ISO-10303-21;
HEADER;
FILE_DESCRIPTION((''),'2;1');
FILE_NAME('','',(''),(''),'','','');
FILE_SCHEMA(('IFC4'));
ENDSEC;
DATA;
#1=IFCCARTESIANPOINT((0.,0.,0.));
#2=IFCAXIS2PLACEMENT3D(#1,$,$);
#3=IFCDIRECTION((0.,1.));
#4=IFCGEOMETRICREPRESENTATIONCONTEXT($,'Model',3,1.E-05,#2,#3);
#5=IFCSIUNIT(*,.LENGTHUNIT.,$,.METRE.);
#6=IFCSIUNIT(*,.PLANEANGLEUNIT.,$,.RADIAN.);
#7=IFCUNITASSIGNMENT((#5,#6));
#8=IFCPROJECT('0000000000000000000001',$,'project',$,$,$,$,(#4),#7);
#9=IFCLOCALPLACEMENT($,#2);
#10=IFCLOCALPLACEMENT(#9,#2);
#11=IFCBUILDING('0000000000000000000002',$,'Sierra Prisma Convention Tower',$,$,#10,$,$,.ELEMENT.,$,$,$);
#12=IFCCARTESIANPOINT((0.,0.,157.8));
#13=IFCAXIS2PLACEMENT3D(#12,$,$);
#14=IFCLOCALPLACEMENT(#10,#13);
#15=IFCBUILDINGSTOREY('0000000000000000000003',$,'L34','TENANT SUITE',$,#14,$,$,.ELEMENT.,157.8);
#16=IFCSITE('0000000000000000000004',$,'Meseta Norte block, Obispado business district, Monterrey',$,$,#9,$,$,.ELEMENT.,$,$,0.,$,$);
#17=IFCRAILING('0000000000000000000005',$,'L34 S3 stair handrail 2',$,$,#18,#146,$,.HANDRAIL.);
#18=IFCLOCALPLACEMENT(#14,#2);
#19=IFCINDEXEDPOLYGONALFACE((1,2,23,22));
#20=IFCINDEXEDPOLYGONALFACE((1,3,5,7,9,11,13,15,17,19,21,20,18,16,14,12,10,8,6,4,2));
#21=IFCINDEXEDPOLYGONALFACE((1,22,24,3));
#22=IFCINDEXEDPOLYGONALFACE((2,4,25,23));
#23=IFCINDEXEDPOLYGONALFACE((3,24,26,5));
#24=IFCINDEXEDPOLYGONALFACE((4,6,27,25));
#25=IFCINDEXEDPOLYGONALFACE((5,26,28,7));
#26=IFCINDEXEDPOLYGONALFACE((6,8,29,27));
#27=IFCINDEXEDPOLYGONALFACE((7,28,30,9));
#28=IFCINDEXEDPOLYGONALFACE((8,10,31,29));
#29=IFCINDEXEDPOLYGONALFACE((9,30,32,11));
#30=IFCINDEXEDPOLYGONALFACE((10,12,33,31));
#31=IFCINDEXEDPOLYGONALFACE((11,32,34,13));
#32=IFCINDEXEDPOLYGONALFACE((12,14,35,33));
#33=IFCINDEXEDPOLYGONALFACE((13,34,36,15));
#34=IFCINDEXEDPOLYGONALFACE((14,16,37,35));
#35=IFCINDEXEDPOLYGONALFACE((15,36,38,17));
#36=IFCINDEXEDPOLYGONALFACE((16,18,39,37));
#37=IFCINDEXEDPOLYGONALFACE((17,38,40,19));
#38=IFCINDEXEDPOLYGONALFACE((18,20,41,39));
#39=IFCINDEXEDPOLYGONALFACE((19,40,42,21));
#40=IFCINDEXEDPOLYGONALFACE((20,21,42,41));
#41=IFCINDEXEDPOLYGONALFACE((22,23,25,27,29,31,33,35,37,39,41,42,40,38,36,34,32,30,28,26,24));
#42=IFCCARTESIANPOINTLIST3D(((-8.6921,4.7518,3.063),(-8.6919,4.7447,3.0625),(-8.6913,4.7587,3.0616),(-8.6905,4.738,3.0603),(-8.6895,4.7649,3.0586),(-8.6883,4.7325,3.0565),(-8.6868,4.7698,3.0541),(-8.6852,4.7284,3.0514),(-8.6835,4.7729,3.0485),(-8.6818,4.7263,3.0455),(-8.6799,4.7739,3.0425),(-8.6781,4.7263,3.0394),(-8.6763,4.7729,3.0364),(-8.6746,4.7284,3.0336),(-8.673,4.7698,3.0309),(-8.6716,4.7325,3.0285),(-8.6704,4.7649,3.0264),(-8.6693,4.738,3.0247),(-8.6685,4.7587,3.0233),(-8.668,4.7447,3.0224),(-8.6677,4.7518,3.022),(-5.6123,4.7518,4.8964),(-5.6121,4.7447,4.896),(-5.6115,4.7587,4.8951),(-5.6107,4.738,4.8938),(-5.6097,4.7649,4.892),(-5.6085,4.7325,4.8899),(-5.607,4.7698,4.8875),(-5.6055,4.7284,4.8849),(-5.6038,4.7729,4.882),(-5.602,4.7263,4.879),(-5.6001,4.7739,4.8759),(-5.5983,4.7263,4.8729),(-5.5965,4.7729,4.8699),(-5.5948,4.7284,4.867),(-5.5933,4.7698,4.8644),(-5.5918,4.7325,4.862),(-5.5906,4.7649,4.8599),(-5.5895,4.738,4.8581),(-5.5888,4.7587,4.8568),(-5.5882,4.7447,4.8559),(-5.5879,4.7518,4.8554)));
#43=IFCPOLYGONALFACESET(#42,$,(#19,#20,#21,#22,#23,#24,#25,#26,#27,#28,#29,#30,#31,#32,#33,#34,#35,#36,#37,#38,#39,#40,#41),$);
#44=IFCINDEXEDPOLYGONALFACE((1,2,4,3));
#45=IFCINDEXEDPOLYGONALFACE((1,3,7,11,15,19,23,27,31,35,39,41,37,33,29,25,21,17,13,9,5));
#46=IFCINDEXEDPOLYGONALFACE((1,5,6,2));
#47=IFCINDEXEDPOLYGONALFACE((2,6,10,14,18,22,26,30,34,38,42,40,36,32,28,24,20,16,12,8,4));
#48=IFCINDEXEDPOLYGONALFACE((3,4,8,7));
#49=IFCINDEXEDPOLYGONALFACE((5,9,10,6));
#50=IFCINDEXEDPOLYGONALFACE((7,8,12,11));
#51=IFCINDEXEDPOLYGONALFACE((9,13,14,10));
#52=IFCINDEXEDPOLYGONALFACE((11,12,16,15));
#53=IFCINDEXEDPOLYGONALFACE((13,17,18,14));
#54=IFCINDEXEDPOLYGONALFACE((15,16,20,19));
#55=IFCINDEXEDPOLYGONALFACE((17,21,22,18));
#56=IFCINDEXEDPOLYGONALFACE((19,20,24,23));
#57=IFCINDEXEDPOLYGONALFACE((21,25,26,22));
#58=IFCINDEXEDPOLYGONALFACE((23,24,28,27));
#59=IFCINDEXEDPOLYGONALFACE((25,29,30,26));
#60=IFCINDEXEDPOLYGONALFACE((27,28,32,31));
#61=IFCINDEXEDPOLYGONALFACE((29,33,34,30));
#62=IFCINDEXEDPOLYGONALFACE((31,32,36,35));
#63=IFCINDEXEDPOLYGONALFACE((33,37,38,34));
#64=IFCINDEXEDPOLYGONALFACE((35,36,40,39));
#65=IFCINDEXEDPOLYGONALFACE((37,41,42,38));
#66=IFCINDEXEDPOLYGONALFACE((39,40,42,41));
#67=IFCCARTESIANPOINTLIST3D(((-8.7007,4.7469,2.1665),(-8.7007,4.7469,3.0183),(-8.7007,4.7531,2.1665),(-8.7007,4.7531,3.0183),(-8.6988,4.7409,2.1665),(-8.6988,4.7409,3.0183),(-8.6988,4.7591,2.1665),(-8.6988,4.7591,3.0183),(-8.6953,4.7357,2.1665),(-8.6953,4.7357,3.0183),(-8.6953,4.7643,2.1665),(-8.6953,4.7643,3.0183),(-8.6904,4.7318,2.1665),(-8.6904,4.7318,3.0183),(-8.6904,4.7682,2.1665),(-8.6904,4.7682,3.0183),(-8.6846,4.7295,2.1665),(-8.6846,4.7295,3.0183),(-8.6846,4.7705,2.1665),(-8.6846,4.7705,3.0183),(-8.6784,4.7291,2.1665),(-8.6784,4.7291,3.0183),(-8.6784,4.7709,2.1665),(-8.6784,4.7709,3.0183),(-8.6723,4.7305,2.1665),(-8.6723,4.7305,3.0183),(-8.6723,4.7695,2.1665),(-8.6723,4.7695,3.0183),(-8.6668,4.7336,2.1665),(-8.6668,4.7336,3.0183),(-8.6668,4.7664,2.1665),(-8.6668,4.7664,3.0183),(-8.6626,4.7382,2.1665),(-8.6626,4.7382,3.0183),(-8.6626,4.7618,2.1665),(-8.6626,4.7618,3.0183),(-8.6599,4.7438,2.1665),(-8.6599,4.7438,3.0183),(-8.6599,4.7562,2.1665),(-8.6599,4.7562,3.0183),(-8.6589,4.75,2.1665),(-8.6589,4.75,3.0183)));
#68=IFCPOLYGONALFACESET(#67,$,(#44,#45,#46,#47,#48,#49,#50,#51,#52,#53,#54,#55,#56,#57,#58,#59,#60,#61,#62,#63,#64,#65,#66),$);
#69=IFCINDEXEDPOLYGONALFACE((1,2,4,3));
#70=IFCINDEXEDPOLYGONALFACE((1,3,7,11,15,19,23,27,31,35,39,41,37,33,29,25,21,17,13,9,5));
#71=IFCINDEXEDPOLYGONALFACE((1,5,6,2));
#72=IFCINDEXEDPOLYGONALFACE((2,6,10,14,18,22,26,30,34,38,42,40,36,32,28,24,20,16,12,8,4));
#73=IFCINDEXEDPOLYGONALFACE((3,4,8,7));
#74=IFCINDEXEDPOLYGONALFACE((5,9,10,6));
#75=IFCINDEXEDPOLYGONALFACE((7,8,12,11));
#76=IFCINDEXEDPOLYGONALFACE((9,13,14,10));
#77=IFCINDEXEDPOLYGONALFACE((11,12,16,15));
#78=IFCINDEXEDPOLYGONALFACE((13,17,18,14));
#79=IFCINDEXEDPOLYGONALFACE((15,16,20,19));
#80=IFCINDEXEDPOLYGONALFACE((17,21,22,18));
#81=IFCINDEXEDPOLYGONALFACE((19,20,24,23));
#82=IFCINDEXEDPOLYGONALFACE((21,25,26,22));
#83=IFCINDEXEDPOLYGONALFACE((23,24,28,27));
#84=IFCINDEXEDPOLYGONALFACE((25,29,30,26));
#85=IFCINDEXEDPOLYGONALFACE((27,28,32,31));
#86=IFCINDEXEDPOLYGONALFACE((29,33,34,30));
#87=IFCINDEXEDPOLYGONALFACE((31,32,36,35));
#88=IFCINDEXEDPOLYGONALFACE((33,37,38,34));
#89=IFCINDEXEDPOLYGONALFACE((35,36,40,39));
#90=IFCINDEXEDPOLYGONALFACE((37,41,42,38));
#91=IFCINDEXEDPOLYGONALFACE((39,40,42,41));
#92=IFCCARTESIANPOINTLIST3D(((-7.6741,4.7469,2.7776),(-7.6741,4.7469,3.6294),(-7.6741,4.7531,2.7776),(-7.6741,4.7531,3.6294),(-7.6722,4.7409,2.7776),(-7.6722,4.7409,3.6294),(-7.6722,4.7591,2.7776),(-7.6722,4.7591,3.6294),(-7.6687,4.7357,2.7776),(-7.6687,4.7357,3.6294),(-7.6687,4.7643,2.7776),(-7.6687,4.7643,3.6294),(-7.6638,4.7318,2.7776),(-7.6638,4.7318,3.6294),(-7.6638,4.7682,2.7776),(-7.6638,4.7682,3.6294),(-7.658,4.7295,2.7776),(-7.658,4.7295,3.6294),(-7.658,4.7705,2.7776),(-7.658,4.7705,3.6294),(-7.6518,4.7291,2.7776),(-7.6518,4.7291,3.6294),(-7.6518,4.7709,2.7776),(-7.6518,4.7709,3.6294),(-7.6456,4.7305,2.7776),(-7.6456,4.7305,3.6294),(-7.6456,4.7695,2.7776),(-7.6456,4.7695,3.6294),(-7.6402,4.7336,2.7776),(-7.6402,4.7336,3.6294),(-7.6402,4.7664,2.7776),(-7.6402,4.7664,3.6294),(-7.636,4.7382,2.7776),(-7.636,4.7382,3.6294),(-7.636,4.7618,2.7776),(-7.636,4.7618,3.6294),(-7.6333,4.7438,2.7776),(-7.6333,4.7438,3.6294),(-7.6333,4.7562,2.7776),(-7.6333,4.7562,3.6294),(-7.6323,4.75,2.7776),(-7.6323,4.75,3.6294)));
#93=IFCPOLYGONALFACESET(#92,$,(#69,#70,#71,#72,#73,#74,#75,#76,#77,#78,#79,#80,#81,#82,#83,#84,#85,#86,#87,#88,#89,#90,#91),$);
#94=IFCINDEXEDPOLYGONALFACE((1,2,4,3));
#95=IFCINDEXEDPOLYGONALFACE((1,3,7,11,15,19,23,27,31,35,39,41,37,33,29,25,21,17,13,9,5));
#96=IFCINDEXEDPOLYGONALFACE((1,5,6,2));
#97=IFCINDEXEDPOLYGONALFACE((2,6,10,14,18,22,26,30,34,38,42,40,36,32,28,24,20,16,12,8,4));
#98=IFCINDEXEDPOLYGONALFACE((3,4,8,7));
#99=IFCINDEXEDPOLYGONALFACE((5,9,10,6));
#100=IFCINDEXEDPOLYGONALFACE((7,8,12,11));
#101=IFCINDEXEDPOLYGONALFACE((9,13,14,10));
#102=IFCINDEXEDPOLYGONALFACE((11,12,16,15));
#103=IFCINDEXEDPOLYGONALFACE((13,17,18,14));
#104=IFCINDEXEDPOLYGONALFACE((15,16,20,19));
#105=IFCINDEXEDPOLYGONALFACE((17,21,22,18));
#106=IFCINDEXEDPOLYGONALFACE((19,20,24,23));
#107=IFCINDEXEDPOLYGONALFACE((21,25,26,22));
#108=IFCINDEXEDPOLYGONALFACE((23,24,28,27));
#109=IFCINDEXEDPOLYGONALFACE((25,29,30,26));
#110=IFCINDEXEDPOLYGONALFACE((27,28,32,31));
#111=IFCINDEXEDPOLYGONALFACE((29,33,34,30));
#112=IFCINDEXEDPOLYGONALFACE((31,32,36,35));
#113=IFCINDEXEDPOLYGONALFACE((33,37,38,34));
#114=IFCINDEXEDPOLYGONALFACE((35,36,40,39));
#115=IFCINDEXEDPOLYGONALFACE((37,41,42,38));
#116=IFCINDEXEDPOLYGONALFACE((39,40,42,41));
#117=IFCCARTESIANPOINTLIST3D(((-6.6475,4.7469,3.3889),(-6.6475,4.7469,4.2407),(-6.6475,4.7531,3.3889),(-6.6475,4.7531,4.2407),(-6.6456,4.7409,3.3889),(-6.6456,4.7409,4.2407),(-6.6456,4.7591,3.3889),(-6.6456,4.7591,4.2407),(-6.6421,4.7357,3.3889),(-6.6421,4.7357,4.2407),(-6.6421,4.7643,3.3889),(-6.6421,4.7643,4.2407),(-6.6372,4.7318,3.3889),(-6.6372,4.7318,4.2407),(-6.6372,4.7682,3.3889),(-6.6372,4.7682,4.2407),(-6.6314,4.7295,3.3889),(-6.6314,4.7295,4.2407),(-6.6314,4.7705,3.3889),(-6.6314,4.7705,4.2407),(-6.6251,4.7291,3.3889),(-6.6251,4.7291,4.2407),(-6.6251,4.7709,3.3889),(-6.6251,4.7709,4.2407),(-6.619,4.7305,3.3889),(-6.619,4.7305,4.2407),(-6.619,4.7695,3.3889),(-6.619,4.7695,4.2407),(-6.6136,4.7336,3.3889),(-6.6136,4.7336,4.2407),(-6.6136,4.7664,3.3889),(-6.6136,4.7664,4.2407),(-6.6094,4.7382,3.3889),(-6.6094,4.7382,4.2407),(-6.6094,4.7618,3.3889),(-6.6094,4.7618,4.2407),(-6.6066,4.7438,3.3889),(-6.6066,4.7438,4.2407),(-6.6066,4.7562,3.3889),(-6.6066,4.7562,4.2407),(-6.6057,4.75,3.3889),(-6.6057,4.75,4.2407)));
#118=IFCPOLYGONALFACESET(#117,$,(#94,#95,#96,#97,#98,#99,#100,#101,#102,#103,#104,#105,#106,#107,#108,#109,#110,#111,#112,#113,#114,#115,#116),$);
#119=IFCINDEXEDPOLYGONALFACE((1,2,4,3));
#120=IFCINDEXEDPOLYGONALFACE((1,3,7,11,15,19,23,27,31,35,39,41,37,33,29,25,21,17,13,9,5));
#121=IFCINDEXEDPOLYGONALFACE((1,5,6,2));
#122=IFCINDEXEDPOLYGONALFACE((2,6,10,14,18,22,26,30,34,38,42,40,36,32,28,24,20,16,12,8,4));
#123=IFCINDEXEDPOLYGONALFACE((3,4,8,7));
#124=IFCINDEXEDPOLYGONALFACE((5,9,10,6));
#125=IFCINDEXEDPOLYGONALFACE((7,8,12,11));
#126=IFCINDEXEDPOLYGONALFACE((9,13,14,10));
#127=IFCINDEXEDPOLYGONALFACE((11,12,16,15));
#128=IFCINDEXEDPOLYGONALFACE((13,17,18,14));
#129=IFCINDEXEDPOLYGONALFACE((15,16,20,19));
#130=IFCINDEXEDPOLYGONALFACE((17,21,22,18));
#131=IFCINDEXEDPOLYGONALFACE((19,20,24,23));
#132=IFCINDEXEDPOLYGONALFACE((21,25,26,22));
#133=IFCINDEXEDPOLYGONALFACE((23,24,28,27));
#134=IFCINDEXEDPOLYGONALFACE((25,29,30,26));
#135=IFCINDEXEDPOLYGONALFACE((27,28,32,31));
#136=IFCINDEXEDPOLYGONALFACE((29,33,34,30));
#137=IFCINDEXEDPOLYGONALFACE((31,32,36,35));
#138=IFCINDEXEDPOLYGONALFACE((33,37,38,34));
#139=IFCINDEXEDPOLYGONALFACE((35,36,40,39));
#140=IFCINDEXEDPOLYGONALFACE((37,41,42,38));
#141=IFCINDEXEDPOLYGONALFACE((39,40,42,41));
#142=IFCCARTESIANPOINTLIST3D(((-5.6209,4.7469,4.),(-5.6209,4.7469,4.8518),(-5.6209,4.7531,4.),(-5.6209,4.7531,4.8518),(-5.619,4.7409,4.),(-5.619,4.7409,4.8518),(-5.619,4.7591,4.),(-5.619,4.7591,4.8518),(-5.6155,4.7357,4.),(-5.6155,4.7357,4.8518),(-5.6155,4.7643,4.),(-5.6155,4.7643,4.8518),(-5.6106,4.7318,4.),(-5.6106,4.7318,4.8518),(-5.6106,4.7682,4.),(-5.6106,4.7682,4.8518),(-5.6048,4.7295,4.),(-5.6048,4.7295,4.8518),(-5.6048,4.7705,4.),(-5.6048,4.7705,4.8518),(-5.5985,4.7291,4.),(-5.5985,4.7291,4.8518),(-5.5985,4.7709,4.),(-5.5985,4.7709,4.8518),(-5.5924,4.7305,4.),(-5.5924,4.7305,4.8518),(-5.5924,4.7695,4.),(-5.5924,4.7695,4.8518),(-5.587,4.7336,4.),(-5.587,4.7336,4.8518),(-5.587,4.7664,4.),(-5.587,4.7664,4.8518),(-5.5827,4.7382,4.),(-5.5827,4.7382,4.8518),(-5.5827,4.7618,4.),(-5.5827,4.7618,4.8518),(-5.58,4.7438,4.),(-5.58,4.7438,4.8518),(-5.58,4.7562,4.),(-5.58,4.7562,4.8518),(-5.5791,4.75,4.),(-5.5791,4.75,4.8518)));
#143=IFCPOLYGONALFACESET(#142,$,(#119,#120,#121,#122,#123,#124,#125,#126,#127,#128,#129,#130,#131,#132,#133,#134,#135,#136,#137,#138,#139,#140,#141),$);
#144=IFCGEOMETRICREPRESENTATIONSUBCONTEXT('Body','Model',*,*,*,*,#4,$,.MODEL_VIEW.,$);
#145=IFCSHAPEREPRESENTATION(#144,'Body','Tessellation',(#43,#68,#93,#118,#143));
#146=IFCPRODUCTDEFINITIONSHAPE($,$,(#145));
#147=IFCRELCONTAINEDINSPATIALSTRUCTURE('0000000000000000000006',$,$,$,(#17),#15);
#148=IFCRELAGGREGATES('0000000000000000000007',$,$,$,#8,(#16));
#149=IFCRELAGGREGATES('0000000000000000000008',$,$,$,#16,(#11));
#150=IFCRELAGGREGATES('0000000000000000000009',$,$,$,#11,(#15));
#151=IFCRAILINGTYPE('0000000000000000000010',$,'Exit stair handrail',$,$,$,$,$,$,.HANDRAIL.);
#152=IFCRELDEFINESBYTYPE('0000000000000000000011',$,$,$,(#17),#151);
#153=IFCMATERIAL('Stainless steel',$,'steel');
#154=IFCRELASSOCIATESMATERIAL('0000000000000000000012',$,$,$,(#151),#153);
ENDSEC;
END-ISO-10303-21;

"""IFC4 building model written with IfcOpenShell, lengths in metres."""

from ifc_helpers import new_model, si_unit, direction, frame, origin, origin_2d, place, context, subcontext, project, spatial, circle, extrude, material, type_object, element, save


model = new_model("IFC4")

# Units and contexts
model_context = context("Model", 3, precision=1e-05, world=origin(), true_north=direction((0.0, 1.0)))
body_context = subcontext(model_context, "Body", "Model", "MODEL_VIEW")
ifc_project = project(units=[si_unit("LENGTHUNIT", "METRE"), si_unit("PLANEANGLEUNIT", "RADIAN")], contexts=[model_context])

# Site, building, storey
site_placement = place(None, origin())
site = spatial("IfcSite", under=ifc_project, at=site_placement, Name="Meseta Norte block, Obispado business district, Monterrey", CompositionType="ELEMENT", RefElevation=0.0)
building_placement = place(site_placement, origin())
building = spatial("IfcBuilding", under=site, at=building_placement, Name="Sierra Prisma Convention Tower", CompositionType="ELEMENT")
storey_placement = place(building_placement, frame((0.0, 0.0, 157.8)))
storey = spatial("IfcBuildingStorey", under=building, at=storey_placement, Name="L34", Description="TENANT SUITE", CompositionType="ELEMENT", Elevation=157.8)

# Railing
ifc_material_1 = material(Name="Stainless steel", Category="steel")
railing_type_1 = type_object("IfcRailingType", Name="Exit stair handrail", PredefinedType="HANDRAIL", material=ifc_material_1)
railing_1_placement = place(storey_placement, frame((-8.6799, 4.75, 2.1665)))
element("IfcRailing", 1, at=railing_1_placement, inside=storey, type_object=railing_type_1, Name="L34 S3 stair handrail 2", PredefinedType="HANDRAIL", context=body_context, shape_type="SweptSolid", body=[
    extrude(circle(Radius=0.0239, at=origin_2d()), frame((0.0, 0.0, 0.876), z_axis=(0.859261, 0.0, 0.511538), x_axis=(0.0, 1.0, 0.0)), (0.0, 0.0, 1.0), 3.5842),
    extrude(circle(Radius=0.021, at=origin_2d()), origin(), (0.0, 0.0, 1.0), 0.8518),
    extrude(circle(Radius=0.021, at=origin_2d()), frame((1.0266, 0.0, 0.6111)), (0.0, 0.0, 1.0), 0.8518),
    extrude(circle(Radius=0.021, at=origin_2d()), frame((2.0532, 0.0, 1.2224)), (0.0, 0.0, 1.0), 0.8518),
    extrude(circle(Radius=0.021, at=origin_2d()), frame((3.0798, 0.0, 1.8335)), (0.0, 0.0, 1.0), 0.8518),
])

save(model, "model.ifc")
